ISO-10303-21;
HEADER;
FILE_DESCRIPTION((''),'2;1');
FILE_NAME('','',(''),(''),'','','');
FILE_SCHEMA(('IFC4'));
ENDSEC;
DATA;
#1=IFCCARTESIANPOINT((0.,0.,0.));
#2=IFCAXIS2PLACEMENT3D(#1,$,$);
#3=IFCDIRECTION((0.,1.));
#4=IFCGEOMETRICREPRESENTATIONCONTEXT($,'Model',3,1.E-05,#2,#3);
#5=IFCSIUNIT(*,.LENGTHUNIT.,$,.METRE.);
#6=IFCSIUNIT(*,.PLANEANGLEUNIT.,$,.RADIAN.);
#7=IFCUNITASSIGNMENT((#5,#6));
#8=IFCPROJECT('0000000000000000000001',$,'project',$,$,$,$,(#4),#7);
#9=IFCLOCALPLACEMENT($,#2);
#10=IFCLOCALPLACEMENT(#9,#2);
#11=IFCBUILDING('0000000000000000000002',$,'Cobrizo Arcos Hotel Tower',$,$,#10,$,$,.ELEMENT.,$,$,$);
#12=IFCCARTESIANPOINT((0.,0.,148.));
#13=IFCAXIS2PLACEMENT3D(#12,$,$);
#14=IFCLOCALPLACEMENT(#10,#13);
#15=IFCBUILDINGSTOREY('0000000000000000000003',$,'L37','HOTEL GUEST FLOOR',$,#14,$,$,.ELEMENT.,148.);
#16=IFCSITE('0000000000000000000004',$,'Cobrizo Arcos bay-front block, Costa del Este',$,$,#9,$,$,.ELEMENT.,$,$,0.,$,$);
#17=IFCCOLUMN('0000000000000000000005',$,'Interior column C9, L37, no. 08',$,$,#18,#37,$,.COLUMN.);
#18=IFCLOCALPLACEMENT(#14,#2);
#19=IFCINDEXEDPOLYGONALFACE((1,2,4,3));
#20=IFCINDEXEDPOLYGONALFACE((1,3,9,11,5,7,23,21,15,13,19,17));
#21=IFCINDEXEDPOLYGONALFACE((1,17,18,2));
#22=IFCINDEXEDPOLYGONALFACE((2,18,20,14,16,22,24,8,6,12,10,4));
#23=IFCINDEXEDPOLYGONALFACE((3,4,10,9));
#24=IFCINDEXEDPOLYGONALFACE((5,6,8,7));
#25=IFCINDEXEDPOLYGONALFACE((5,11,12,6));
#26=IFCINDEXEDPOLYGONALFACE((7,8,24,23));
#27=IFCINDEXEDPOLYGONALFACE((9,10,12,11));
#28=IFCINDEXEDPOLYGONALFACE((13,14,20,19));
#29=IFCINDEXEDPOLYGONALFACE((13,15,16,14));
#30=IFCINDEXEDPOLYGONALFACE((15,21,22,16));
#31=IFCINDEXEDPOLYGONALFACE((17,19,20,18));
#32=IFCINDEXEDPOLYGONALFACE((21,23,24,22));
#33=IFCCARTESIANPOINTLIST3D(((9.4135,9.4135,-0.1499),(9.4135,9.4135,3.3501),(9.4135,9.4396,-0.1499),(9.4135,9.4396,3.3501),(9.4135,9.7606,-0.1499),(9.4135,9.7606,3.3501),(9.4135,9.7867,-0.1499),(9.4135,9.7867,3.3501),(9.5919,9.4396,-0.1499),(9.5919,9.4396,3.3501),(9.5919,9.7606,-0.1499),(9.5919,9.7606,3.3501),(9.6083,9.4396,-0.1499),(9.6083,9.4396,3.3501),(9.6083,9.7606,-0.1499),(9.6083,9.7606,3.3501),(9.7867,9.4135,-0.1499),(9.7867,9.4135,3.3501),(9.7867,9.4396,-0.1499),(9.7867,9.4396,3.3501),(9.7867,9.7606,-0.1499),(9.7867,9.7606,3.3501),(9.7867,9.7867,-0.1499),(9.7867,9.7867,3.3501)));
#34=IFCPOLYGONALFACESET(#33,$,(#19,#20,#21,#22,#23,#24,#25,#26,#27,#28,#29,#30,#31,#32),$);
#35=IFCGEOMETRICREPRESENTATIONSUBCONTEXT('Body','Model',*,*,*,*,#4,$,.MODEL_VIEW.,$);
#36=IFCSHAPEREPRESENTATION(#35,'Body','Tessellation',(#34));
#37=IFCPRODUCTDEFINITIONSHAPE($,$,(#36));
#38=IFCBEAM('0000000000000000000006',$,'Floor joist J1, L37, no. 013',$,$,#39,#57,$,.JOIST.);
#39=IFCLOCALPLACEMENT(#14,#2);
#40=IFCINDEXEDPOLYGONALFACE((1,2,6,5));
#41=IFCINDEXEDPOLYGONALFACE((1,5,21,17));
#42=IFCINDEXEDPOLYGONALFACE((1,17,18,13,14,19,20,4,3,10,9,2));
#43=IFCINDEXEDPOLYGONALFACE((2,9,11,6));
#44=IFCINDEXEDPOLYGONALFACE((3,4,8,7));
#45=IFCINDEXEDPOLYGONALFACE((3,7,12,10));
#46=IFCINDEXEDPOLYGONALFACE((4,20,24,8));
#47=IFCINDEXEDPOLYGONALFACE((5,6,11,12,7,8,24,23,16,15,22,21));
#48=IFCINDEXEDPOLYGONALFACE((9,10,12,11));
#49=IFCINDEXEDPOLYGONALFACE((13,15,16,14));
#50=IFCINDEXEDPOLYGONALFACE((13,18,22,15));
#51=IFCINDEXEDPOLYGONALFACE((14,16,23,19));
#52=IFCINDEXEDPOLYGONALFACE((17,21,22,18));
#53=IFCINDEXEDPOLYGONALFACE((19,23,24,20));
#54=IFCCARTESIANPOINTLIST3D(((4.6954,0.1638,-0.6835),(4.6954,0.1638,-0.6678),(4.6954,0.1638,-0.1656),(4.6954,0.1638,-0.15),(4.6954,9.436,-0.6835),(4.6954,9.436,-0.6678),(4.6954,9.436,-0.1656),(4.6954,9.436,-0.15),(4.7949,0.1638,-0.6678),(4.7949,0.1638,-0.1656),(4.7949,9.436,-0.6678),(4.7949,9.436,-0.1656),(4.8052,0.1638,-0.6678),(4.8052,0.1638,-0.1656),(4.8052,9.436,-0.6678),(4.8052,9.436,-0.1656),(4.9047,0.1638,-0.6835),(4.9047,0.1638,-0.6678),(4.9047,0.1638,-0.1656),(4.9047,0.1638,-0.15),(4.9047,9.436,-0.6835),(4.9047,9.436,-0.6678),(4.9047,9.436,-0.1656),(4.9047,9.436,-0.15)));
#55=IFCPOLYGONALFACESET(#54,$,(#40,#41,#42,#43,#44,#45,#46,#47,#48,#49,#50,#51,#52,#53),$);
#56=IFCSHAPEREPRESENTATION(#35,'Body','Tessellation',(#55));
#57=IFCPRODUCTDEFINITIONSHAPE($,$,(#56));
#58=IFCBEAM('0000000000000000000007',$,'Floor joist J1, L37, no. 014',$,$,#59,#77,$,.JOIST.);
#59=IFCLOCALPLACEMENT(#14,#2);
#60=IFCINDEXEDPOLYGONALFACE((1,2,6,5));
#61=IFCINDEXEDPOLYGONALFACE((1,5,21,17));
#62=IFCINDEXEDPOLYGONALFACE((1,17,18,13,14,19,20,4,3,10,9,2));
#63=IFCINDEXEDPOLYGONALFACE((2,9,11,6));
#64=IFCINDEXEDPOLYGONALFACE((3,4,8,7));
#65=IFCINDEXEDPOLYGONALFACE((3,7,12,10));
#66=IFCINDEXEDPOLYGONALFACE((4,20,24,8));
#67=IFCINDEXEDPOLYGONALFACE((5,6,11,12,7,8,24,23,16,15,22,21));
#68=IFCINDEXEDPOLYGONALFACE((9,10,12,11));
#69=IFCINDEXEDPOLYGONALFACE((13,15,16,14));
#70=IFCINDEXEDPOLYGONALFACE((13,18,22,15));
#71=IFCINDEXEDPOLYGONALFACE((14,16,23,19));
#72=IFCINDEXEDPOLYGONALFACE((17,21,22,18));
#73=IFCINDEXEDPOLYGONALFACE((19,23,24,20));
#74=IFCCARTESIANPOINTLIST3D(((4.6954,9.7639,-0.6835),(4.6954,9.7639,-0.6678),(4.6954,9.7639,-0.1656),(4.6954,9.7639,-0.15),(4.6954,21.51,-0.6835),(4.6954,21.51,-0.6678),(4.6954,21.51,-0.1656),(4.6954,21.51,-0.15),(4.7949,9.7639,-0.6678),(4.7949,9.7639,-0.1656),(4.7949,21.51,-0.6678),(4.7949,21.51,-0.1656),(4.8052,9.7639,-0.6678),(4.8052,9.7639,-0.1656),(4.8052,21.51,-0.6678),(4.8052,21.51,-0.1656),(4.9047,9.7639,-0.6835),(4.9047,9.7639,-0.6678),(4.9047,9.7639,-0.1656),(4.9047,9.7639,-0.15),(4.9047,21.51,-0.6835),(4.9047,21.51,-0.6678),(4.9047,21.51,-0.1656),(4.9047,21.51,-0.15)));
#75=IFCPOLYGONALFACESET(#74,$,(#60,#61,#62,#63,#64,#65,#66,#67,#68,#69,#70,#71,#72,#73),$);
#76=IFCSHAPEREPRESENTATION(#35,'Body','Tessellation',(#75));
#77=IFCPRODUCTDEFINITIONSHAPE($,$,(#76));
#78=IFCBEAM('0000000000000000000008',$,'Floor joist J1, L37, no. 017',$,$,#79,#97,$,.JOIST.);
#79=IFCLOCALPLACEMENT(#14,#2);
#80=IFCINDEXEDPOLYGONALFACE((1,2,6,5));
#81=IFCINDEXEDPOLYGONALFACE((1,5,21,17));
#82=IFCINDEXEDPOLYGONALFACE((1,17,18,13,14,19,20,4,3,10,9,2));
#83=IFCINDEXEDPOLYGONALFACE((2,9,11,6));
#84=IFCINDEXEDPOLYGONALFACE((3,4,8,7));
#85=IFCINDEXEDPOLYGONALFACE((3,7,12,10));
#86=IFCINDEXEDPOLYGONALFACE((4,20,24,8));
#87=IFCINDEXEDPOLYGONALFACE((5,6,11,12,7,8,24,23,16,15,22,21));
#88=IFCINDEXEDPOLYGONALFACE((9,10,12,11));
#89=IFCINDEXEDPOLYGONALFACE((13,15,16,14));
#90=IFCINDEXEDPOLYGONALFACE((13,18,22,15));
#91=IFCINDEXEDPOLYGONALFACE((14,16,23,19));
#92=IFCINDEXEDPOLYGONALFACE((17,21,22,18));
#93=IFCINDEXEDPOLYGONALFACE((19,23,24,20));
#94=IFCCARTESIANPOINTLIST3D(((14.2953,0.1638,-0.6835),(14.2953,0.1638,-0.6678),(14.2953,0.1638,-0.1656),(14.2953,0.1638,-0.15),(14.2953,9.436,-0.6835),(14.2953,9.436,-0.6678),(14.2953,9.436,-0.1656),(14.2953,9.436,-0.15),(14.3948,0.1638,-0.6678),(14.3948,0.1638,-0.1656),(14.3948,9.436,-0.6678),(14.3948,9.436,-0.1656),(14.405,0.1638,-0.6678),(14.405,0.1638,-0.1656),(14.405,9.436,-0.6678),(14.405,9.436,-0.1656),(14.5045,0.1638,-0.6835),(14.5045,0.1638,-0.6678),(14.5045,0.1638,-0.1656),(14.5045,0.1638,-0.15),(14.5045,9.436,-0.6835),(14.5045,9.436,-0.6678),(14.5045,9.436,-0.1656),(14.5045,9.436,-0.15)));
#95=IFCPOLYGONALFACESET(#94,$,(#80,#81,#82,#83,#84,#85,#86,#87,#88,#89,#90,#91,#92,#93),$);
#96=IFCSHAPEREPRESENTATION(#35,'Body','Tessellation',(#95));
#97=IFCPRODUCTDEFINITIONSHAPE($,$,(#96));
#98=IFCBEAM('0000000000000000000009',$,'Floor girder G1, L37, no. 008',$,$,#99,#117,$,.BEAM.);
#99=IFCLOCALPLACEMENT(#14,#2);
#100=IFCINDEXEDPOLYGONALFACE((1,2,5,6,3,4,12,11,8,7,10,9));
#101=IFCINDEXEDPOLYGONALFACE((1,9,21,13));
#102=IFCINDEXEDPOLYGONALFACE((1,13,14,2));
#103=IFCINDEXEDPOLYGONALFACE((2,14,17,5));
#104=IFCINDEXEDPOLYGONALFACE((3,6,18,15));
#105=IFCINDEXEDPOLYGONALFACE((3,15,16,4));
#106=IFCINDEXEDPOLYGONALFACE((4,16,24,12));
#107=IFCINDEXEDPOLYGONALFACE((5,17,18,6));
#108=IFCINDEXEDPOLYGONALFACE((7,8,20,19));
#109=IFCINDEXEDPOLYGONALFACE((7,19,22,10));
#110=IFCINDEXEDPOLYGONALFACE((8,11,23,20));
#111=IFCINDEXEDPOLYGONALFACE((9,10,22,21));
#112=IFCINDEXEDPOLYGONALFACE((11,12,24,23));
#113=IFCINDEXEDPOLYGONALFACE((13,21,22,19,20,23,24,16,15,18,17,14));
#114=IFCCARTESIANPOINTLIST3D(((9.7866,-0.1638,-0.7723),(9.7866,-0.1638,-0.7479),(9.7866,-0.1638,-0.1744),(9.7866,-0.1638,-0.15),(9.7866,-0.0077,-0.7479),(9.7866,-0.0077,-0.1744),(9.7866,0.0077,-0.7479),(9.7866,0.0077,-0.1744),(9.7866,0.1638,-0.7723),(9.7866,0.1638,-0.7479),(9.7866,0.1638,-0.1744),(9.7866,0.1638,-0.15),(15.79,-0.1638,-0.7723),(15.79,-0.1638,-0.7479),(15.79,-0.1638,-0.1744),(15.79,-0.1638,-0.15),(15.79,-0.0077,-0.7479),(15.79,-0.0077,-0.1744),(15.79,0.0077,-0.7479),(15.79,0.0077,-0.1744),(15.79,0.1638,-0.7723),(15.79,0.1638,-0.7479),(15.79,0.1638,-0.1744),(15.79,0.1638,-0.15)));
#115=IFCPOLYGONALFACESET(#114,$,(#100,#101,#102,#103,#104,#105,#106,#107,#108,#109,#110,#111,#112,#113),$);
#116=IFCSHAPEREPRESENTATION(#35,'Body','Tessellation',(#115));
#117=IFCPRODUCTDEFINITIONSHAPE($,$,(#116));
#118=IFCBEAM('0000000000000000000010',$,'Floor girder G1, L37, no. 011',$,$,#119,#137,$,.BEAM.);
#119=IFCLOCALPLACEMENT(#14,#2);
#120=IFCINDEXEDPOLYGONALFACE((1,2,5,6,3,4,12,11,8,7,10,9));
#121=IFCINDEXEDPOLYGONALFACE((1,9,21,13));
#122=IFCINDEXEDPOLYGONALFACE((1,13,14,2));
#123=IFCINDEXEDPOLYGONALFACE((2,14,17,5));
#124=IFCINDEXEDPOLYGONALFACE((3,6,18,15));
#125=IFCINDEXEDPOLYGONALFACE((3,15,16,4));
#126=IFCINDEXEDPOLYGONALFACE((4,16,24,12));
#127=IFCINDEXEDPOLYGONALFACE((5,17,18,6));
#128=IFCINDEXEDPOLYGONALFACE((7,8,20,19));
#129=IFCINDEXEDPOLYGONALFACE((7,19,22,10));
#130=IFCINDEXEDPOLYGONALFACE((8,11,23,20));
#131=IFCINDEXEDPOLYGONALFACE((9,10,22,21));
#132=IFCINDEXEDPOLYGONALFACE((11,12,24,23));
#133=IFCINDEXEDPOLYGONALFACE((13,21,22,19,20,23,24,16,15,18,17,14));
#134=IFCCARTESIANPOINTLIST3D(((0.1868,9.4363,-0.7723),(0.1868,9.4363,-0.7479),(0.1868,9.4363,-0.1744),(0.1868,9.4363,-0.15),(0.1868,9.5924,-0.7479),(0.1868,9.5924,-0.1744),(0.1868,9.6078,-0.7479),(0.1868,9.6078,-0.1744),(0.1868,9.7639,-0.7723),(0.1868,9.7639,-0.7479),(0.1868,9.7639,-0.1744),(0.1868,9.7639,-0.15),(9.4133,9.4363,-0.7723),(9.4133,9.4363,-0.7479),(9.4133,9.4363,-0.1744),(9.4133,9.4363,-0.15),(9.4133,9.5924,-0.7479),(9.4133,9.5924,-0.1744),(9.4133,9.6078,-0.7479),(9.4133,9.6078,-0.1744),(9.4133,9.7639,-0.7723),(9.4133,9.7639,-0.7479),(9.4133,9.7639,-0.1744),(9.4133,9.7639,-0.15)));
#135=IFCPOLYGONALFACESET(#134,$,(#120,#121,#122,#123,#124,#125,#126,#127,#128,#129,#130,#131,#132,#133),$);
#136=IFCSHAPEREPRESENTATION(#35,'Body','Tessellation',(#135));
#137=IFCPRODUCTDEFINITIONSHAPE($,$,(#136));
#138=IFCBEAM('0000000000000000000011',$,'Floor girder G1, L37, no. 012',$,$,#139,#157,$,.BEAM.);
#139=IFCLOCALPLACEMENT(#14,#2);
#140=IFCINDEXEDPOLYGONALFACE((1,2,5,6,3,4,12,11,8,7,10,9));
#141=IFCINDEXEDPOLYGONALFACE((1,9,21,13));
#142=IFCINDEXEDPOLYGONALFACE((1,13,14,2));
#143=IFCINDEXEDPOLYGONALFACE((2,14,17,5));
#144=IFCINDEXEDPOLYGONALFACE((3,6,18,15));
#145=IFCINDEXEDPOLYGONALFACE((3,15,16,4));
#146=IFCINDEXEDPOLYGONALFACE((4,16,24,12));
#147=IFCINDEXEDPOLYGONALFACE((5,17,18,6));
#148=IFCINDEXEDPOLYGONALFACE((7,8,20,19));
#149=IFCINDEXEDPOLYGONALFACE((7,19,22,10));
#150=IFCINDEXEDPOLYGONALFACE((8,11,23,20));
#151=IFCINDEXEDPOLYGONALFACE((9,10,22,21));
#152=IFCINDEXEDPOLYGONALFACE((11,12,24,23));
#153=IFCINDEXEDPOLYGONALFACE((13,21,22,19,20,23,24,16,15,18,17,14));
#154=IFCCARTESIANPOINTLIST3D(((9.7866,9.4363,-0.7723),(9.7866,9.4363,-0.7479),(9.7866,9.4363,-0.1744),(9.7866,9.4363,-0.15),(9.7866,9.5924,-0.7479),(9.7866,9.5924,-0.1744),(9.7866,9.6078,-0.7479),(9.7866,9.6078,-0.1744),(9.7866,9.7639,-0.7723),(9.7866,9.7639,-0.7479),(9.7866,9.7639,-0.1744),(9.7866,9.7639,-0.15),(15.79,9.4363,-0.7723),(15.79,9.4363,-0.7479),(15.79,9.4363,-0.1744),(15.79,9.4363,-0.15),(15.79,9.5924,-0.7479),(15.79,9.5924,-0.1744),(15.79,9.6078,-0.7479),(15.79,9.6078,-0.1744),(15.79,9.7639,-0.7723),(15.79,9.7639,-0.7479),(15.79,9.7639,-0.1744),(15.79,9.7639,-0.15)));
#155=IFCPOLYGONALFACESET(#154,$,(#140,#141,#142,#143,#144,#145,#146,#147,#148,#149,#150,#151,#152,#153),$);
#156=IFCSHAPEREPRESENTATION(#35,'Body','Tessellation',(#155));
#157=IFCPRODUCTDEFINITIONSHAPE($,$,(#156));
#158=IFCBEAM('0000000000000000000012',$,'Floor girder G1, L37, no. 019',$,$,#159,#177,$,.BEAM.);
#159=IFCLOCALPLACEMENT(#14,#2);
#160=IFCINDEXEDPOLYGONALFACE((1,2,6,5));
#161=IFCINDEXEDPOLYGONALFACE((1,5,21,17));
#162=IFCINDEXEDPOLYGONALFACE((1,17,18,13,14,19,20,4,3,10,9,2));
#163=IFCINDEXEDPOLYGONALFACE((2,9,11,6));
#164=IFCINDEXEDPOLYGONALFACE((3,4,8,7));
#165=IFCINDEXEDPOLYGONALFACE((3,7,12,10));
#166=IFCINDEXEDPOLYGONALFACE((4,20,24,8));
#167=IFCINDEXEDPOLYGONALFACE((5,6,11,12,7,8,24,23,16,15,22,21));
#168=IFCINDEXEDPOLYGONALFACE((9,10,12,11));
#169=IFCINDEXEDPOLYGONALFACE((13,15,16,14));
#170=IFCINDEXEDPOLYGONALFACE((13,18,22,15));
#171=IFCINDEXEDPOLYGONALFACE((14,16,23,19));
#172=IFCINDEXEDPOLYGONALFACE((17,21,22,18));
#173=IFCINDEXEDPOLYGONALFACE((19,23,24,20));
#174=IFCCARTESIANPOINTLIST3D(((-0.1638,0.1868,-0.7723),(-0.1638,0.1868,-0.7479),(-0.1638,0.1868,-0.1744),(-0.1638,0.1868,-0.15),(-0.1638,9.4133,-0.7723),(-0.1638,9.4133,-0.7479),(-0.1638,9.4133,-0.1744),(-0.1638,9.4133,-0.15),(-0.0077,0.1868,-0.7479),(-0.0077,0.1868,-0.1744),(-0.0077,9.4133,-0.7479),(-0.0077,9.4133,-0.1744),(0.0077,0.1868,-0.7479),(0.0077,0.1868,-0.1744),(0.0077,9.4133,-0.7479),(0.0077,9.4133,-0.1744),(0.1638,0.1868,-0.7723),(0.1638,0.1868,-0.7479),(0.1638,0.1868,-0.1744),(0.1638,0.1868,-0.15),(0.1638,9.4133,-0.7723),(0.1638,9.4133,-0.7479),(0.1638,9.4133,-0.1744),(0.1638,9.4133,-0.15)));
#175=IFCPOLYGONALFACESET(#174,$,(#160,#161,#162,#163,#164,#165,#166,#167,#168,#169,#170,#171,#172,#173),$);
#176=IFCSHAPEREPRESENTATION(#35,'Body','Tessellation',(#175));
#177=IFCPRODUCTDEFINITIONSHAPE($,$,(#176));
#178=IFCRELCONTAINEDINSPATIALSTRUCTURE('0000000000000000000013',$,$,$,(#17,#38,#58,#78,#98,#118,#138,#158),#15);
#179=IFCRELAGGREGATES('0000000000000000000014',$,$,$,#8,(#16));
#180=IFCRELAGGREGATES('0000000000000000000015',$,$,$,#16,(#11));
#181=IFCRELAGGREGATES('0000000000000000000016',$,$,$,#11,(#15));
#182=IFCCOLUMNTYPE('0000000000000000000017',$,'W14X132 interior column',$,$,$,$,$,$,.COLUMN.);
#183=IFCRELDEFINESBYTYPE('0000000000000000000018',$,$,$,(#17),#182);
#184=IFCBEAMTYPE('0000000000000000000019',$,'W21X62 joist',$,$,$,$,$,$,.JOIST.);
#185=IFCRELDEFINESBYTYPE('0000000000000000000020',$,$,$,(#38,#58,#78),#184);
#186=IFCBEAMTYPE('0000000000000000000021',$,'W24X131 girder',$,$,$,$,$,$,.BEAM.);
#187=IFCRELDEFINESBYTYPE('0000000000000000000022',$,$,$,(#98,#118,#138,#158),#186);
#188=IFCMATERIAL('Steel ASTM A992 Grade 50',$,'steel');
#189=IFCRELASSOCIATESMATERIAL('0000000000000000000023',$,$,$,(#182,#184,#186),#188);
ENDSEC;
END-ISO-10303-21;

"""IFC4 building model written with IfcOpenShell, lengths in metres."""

from ifc_helpers import new_model, si_unit, direction, frame, origin, origin_2d, place, context, subcontext, project, spatial, i_section, extrude, material, material_profile, profile_set, type_object, element, save


model = new_model("IFC4")

# Units and contexts
model_context = context("Model", 3, precision=1e-05, world=origin(), true_north=direction((0.0, 1.0)))
body_context = subcontext(model_context, "Body", "Model", "MODEL_VIEW")
ifc_project = project(units=[si_unit("LENGTHUNIT", "METRE"), si_unit("PLANEANGLEUNIT", "RADIAN")], contexts=[model_context])

# Site, building, storey
site_placement = place(None, origin())
site = spatial("IfcSite", under=ifc_project, at=site_placement, Name="Cobrizo Arcos bay-front block, Costa del Este", CompositionType="ELEMENT", RefElevation=0.0)
building_placement = place(site_placement, origin())
building = spatial("IfcBuilding", under=site, at=building_placement, Name="Cobrizo Arcos Hotel Tower", CompositionType="ELEMENT")
storey_placement = place(building_placement, frame((0.0, 0.0, 148.0)))
storey = spatial("IfcBuildingStorey", under=building, at=storey_placement, Name="L37", Description="HOTEL GUEST FLOOR", CompositionType="ELEMENT", Elevation=148.0)

# Column
ifc_material_1 = material(Name="Steel ASTM A992 Grade 50", Category="steel")
ifc_material_profile_1 = material_profile(ifc_material_1, i_section(OverallWidth=0.3733, OverallDepth=0.3733, WebThickness=0.0164, FlangeThickness=0.0261, at=origin_2d()), Name="W14X132")
ifc_profile_set_1 = profile_set([ifc_material_profile_1], Name="Steel ASTM A992 Grade 50")
column_type = type_object("IfcColumnType", Name="W14X132 interior column", PredefinedType="COLUMN", material=ifc_profile_set_1)
column_placement = place(storey_placement, frame((9.6001, 9.6001, -0.1499), z_axis=(0.0, 0.0, 1.0), x_axis=(1.0, 0.0, 0.0)))
element("IfcColumn", 1, at=column_placement, inside=storey, type_object=column_type, Name="Interior column C9, L37, no. 08", PredefinedType="COLUMN", context=body_context, shape_type="SweptSolid", body=[
    extrude(i_section(OverallWidth=0.3733, OverallDepth=0.3733, WebThickness=0.0164, FlangeThickness=0.0261, at=origin_2d()), origin(), (0.0, 0.0, 1.0), 3.5),
])

# Beams
ifc_material_profile_2 = material_profile(ifc_material_1, i_section(OverallWidth=0.2092, OverallDepth=0.5334, WebThickness=0.0103, FlangeThickness=0.0156, at=origin_2d()), Name="W21X62")
ifc_profile_set_2 = profile_set([ifc_material_profile_2], Name="Steel ASTM A992 Grade 50")
beam_type_1 = type_object("IfcBeamType", Name="W21X62 joist", PredefinedType="JOIST", material=ifc_profile_set_2)
beam_1_placement = place(storey_placement, frame((4.8, 0.1638, -0.4167), z_axis=(0.0, 1.0, 0.0), x_axis=(-1.0, 0.0, 0.0)))
element("IfcBeam", 2, at=beam_1_placement, inside=storey, type_object=beam_type_1, Name="Floor joist J1, L37, no. 013", PredefinedType="JOIST", context=body_context, shape_type="SweptSolid", body=[
    extrude(i_section(OverallWidth=0.2092, OverallDepth=0.5334, WebThickness=0.0103, FlangeThickness=0.0156, at=origin_2d()), origin(), (0.0, 0.0, 1.0), 9.2722),
])
beam_2_placement = place(storey_placement, frame((4.8, 9.7639, -0.4167), z_axis=(0.0, 1.0, 0.0), x_axis=(-1.0, 0.0, 0.0)))
element("IfcBeam", 3, at=beam_2_placement, inside=storey, type_object=beam_type_1, Name="Floor joist J1, L37, no. 014", PredefinedType="JOIST", context=body_context, shape_type="SweptSolid", body=[
    extrude(i_section(OverallWidth=0.2092, OverallDepth=0.5334, WebThickness=0.0103, FlangeThickness=0.0156, at=origin_2d()), origin(), (0.0, 0.0, 1.0), 11.7461),
])
beam_3_placement = place(storey_placement, frame((14.3999, 0.1638, -0.4167), z_axis=(0.0, 1.0, 0.0), x_axis=(-1.0, 0.0, 0.0)))
element("IfcBeam", 4, at=beam_3_placement, inside=storey, type_object=beam_type_1, Name="Floor joist J1, L37, no. 017", PredefinedType="JOIST", context=body_context, shape_type="SweptSolid", body=[
    extrude(i_section(OverallWidth=0.2092, OverallDepth=0.5334, WebThickness=0.0103, FlangeThickness=0.0156, at=origin_2d()), origin(), (0.0, 0.0, 1.0), 9.2722),
])
ifc_material_profile_3 = material_profile(ifc_material_1, i_section(OverallWidth=0.3276, OverallDepth=0.6223, WebThickness=0.0154, FlangeThickness=0.0244, at=origin_2d()), Name="W24X131")
ifc_profile_set_3 = profile_set([ifc_material_profile_3], Name="Steel ASTM A992 Grade 50")
beam_type_2 = type_object("IfcBeamType", Name="W24X131 girder", PredefinedType="BEAM", material=ifc_profile_set_3)
beam_4_placement = place(storey_placement, frame((9.7866, 0.0, -0.4612), z_axis=(1.0, 0.0, 0.0), x_axis=(0.0, 1.0, 0.0)))
element("IfcBeam", 5, at=beam_4_placement, inside=storey, type_object=beam_type_2, Name="Floor girder G1, L37, no. 008", PredefinedType="BEAM", context=body_context, shape_type="SweptSolid", body=[
    extrude(i_section(OverallWidth=0.3276, OverallDepth=0.6223, WebThickness=0.0154, FlangeThickness=0.0244, at=origin_2d()), origin(), (0.0, 0.0, 1.0), 6.0034),
])
beam_5_placement = place(storey_placement, frame((0.1868, 9.6001, -0.4612), z_axis=(1.0, 0.0, 0.0), x_axis=(0.0, 1.0, 0.0)))
element("IfcBeam", 6, at=beam_5_placement, inside=storey, type_object=beam_type_2, Name="Floor girder G1, L37, no. 011", PredefinedType="BEAM", context=body_context, shape_type="SweptSolid", body=[
    extrude(i_section(OverallWidth=0.3276, OverallDepth=0.6223, WebThickness=0.0154, FlangeThickness=0.0244, at=origin_2d()), origin(), (0.0, 0.0, 1.0), 9.2266),
])
beam_6_placement = place(storey_placement, frame((9.7866, 9.6001, -0.4612), z_axis=(1.0, 0.0, 0.0), x_axis=(0.0, 1.0, 0.0)))
element("IfcBeam", 7, at=beam_6_placement, inside=storey, type_object=beam_type_2, Name="Floor girder G1, L37, no. 012", PredefinedType="BEAM", context=body_context, shape_type="SweptSolid", body=[
    extrude(i_section(OverallWidth=0.3276, OverallDepth=0.6223, WebThickness=0.0154, FlangeThickness=0.0244, at=origin_2d()), origin(), (0.0, 0.0, 1.0), 6.0034),
])
for number, where, z_axis, x_axis, name in (
    (8, (0.0, 0.1868, -0.4612), (0.0, 1.0, 0.0), (-1.0, 0.0, 0.0), "Floor girder G1, L37, no. 019"),
):
    element("IfcBeam", number, at=place(storey_placement, frame(where, z_axis=z_axis, x_axis=x_axis)), inside=storey, type_object=beam_type_2, Name=name, PredefinedType="BEAM", context=body_context, shape_type="SweptSolid", body=[
        extrude(i_section(OverallWidth=0.3276, OverallDepth=0.6223, WebThickness=0.0154, FlangeThickness=0.0244, at=origin_2d()), origin(), (0.0, 0.0, 1.0), 9.2266),
    ])

save(model, "model.ifc")
